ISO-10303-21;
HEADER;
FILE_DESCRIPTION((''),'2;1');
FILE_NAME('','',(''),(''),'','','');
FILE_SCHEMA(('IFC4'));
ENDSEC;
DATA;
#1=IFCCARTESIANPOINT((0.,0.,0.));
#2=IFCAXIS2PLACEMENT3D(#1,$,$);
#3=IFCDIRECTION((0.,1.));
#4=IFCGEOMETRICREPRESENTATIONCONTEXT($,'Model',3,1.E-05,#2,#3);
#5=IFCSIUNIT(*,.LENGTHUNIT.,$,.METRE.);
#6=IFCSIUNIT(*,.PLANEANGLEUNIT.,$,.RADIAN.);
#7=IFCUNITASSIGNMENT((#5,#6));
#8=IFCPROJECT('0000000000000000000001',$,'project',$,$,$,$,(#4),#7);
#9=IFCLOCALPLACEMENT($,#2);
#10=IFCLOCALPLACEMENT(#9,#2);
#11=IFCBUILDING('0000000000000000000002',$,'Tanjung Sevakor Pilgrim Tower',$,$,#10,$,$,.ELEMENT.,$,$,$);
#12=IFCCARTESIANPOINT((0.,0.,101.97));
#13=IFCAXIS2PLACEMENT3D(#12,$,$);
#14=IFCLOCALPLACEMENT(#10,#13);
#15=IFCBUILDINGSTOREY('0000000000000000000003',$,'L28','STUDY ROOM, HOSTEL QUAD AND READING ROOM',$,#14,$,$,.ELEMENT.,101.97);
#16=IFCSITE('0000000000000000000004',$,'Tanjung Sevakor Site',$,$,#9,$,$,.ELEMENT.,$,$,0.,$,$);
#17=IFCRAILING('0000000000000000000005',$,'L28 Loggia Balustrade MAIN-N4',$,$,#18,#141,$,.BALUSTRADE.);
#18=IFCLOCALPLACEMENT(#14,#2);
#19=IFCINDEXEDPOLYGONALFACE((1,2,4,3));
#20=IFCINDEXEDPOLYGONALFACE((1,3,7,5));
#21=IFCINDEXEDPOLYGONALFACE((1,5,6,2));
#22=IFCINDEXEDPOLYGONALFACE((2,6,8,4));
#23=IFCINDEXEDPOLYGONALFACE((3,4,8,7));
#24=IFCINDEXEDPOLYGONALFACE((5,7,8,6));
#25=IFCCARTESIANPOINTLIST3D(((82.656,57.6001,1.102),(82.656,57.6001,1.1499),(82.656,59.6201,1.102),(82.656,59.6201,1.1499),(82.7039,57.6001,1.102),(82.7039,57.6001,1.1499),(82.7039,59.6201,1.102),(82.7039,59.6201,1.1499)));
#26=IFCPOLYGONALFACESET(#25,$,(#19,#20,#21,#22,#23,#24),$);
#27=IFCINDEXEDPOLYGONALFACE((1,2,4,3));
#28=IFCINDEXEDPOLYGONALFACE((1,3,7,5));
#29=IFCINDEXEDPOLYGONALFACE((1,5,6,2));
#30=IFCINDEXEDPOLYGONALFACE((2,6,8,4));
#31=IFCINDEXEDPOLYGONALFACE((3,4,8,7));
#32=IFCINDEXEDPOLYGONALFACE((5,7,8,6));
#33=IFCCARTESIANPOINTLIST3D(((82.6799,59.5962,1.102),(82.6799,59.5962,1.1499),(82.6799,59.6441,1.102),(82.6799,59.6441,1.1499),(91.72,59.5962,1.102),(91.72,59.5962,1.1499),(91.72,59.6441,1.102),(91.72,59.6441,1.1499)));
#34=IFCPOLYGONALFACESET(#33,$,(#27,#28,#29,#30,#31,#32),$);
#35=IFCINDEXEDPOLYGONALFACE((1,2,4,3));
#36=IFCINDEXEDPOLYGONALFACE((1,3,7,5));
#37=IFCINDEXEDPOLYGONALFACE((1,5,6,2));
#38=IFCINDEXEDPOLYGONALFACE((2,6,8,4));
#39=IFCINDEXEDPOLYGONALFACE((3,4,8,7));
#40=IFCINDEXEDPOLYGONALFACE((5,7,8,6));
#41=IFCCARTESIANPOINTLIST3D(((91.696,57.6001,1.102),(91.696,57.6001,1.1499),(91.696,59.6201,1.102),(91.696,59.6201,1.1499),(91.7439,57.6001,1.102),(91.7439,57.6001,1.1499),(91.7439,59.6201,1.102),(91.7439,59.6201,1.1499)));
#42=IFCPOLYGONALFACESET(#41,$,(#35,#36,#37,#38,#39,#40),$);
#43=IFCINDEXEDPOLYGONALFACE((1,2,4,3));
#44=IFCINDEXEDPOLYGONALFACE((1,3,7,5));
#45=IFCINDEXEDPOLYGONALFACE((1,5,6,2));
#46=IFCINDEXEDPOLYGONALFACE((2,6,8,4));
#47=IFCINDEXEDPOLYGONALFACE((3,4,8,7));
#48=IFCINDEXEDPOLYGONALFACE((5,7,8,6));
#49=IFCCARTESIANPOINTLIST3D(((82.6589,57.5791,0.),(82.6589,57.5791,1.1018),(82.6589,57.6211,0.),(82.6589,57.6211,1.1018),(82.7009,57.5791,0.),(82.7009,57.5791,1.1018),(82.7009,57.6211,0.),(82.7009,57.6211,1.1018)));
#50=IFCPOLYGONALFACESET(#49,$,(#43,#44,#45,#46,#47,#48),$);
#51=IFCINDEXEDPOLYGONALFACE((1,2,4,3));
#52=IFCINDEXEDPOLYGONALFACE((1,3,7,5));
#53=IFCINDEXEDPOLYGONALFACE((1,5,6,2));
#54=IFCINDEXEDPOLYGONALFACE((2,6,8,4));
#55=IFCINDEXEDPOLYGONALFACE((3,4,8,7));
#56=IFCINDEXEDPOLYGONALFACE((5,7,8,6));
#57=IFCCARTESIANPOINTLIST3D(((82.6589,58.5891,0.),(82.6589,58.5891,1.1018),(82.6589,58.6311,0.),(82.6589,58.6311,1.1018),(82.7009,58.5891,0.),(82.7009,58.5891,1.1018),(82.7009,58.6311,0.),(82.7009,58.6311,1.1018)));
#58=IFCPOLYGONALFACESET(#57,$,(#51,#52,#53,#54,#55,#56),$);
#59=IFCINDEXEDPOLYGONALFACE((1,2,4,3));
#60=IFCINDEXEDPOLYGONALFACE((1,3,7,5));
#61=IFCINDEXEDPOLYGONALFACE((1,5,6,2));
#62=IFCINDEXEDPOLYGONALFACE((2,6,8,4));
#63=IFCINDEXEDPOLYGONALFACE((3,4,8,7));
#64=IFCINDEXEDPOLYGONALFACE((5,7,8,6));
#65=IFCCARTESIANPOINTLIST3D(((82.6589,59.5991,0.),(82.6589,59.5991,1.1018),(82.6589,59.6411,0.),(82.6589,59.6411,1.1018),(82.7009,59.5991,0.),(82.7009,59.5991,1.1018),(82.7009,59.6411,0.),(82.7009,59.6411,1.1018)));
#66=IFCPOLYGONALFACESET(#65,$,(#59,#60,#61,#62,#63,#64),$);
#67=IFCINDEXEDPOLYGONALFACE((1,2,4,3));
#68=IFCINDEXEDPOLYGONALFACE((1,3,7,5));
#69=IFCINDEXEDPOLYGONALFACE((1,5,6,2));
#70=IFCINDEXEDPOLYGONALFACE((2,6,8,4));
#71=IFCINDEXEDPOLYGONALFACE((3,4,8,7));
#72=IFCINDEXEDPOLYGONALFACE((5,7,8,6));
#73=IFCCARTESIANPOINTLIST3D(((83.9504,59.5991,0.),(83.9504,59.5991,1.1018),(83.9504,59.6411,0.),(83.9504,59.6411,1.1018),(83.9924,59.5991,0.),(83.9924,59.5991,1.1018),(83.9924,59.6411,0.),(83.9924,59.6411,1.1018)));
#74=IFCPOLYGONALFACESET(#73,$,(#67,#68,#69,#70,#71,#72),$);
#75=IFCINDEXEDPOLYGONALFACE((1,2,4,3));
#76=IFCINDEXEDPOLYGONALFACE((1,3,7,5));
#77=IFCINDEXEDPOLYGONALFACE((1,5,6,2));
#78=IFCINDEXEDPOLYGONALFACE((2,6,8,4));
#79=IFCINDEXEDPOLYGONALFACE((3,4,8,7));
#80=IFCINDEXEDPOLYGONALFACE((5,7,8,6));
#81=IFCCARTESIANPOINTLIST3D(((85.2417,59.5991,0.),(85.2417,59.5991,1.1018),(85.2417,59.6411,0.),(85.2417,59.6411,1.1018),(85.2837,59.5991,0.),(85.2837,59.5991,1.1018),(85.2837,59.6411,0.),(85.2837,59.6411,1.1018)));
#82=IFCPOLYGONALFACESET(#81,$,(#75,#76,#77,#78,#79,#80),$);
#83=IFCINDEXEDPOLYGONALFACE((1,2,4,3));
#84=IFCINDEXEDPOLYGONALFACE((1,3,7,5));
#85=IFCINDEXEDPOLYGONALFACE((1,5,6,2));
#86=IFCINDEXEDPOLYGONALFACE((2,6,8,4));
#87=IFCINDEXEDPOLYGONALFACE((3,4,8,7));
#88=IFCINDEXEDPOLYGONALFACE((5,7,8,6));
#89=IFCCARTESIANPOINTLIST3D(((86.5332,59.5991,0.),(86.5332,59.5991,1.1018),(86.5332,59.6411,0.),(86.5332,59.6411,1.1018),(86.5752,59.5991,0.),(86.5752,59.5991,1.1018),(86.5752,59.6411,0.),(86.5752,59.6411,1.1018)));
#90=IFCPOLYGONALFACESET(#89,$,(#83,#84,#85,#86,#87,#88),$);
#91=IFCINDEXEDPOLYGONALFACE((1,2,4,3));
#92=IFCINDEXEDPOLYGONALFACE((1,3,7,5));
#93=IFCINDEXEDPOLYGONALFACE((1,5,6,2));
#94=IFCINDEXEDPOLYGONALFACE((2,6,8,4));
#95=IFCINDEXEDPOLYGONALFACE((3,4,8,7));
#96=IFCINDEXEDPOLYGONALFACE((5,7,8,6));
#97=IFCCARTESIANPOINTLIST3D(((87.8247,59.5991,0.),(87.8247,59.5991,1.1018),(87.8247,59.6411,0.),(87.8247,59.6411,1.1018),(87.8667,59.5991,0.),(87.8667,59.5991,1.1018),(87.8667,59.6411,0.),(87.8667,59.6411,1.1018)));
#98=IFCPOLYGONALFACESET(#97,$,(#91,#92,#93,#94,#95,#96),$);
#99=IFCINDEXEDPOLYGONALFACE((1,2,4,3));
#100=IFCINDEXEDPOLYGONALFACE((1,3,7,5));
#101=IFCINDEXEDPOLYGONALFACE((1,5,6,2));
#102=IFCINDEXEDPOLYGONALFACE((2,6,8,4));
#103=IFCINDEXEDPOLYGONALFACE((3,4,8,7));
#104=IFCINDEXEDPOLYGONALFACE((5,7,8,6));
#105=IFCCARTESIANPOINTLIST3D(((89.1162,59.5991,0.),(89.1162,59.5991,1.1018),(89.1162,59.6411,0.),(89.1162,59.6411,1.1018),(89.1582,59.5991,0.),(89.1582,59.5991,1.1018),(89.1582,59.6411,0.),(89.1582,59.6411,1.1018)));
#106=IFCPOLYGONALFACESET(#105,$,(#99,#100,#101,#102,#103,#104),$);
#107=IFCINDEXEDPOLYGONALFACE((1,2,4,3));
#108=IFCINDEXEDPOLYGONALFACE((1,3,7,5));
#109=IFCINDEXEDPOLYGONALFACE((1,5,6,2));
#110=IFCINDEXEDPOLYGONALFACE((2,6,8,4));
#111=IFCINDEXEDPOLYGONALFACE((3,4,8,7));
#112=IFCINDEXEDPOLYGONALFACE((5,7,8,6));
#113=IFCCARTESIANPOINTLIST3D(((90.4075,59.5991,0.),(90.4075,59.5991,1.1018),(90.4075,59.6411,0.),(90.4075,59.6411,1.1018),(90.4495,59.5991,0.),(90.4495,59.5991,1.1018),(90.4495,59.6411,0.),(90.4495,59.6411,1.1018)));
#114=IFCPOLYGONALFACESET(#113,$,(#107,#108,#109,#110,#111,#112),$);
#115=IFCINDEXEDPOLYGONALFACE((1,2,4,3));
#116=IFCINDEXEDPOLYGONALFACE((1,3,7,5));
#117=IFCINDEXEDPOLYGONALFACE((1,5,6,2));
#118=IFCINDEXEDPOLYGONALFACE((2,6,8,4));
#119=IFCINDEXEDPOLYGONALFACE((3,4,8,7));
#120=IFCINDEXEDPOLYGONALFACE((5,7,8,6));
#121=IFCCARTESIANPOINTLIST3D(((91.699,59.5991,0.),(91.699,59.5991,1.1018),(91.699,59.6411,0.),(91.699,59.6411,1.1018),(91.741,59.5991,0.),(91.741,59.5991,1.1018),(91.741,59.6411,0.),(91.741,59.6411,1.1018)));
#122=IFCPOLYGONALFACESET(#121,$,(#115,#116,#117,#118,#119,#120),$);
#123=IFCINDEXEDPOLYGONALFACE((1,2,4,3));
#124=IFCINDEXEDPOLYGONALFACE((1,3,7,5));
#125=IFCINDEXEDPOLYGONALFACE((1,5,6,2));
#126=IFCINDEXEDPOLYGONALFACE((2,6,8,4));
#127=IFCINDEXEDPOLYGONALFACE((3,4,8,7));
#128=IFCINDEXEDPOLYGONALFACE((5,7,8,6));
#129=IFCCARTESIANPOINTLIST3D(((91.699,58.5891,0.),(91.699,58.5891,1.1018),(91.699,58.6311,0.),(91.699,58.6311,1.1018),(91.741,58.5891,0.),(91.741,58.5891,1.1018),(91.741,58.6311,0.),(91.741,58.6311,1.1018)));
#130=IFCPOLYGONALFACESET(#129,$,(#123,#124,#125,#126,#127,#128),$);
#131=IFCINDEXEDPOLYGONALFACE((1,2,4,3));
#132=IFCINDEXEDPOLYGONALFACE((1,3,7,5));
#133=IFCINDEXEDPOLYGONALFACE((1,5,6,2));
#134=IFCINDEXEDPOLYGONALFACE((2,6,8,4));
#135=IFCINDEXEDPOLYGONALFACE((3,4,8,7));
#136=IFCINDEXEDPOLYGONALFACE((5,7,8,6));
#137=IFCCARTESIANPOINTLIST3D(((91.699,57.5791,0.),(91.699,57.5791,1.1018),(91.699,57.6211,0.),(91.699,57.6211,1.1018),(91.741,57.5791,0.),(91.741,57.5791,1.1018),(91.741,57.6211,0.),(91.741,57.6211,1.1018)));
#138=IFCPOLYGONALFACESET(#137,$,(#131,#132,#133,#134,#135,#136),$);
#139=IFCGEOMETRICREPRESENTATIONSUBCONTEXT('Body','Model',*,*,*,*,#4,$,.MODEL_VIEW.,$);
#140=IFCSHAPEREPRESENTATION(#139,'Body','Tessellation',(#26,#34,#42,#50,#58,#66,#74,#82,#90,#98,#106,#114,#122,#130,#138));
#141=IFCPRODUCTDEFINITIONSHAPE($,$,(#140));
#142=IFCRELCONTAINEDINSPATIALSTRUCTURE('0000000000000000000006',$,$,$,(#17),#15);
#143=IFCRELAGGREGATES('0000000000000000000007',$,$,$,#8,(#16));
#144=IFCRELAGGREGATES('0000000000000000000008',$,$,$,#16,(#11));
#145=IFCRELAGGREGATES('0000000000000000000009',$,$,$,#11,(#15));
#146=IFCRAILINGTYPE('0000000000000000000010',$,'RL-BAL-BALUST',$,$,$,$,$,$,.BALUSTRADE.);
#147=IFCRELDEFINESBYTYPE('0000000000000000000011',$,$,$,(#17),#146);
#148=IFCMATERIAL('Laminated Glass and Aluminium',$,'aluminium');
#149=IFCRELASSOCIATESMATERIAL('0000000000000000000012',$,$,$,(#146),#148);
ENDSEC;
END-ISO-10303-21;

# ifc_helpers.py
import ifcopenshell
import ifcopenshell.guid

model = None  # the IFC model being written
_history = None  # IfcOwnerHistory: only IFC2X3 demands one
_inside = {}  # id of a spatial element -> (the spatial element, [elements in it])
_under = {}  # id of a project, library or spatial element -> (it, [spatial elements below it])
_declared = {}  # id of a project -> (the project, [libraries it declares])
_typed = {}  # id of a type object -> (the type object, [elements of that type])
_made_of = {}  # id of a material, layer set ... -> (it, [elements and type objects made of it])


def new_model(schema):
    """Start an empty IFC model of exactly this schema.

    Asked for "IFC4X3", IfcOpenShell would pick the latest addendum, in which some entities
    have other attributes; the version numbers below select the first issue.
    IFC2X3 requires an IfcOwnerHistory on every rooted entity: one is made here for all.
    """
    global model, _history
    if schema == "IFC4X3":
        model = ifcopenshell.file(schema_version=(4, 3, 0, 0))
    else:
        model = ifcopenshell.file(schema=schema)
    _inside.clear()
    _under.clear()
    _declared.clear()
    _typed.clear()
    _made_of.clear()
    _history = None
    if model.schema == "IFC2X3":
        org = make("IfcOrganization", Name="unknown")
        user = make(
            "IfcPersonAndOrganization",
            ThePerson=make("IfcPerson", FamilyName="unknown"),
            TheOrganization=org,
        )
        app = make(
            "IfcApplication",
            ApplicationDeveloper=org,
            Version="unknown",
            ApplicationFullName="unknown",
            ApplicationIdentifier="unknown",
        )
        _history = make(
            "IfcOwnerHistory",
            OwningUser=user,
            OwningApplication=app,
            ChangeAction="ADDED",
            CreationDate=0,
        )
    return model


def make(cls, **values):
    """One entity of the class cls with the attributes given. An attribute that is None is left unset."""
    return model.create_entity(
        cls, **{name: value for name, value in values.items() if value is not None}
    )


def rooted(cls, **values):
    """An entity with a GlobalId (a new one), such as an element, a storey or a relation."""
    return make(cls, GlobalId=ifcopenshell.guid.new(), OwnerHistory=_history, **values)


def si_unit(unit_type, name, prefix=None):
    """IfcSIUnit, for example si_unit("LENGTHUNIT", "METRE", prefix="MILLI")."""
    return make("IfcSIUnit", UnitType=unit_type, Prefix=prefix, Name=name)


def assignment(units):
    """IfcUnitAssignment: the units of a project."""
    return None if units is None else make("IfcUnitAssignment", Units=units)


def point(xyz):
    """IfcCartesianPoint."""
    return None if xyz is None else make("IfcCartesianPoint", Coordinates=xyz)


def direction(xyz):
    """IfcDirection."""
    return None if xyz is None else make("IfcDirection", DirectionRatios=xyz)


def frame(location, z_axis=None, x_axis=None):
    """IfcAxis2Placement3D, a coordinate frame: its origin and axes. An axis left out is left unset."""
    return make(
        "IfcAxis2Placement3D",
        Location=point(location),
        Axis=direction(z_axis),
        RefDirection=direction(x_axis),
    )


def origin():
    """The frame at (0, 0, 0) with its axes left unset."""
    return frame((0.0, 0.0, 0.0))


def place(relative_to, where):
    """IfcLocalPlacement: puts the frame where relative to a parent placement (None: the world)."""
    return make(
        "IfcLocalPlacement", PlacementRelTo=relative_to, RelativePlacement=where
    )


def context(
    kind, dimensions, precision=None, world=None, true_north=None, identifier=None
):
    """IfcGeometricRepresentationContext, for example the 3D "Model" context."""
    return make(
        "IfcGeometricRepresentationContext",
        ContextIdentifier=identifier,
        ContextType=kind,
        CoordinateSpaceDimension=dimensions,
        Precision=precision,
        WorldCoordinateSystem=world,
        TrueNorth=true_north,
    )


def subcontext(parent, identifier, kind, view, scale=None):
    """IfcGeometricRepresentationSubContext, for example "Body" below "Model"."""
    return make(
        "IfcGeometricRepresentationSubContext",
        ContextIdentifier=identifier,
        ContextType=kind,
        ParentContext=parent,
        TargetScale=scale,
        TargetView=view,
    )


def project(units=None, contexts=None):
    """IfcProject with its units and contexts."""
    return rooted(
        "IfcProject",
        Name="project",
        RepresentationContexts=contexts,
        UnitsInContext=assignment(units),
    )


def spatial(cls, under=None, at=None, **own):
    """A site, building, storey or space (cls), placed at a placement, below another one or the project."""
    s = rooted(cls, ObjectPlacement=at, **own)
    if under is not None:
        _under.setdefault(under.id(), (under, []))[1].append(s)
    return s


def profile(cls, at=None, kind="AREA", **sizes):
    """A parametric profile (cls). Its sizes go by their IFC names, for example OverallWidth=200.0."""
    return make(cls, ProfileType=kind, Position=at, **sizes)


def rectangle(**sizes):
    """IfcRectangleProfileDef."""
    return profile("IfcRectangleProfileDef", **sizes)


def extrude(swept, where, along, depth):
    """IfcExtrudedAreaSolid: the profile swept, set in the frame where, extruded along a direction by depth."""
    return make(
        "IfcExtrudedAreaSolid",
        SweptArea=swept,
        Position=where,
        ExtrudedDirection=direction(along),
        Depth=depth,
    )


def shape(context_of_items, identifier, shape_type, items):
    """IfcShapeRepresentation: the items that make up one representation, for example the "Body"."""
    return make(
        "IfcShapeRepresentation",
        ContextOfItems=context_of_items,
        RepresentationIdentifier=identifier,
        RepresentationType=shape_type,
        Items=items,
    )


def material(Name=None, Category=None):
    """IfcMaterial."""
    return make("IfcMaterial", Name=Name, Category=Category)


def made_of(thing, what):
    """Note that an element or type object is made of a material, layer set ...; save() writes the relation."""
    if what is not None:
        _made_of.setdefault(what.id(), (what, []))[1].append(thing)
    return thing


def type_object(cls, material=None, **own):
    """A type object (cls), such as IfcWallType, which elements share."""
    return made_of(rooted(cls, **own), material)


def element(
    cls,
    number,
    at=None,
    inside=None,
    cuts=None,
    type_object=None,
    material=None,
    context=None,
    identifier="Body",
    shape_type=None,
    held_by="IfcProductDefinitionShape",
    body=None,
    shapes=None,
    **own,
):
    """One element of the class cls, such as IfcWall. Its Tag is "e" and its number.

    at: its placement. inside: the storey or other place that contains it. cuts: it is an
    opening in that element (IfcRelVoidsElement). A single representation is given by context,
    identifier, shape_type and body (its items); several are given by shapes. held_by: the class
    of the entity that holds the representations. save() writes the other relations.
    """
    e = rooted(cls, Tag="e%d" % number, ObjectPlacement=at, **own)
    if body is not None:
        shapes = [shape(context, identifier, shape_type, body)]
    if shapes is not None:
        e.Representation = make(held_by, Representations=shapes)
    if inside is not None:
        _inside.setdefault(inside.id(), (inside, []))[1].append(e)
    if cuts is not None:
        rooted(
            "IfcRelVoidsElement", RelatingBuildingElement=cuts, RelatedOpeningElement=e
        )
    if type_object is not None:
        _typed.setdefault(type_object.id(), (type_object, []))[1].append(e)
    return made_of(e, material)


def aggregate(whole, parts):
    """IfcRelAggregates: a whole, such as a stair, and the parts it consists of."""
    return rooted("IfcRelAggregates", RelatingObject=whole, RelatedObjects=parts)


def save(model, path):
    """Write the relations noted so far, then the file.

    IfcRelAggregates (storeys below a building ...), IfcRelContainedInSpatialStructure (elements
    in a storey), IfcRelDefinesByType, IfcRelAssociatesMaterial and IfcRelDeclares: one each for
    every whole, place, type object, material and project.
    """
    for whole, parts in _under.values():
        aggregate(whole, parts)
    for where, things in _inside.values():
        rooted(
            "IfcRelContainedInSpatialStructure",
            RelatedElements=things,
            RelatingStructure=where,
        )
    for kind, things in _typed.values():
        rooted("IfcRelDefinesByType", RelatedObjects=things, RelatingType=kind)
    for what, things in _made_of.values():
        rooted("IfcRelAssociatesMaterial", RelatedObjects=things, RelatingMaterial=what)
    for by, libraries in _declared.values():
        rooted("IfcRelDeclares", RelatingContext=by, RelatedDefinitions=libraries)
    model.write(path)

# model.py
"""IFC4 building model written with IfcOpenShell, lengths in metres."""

from ifc_helpers import new_model, si_unit, direction, frame, origin, place, context, subcontext, project, spatial, rectangle, extrude, material, type_object, element, save


model = new_model("IFC4")

# Units and contexts
model_context = context("Model", 3, precision=1e-05, world=origin(), true_north=direction((0.0, 1.0)))
body_context = subcontext(model_context, "Body", "Model", "MODEL_VIEW")
ifc_project = project(units=[si_unit("LENGTHUNIT", "METRE"), si_unit("PLANEANGLEUNIT", "RADIAN")], contexts=[model_context])

# Site, building, storey
site_placement = place(None, origin())
site = spatial("IfcSite", under=ifc_project, at=site_placement, Name="Tanjung Sevakor Site", CompositionType="ELEMENT", RefElevation=0.0)
building_placement = place(site_placement, origin())
building = spatial("IfcBuilding", under=site, at=building_placement, Name="Tanjung Sevakor Pilgrim Tower", CompositionType="ELEMENT")
storey_placement = place(building_placement, frame((0.0, 0.0, 101.97)))
storey = spatial("IfcBuildingStorey", under=building, at=storey_placement, Name="L28", Description="STUDY ROOM, HOSTEL QUAD AND READING ROOM", CompositionType="ELEMENT", Elevation=101.97)

# Railing
ifc_material_1 = material(Name="Laminated Glass and Aluminium", Category="aluminium")
railing_type = type_object("IfcRailingType", Name="RL-BAL-BALUST", PredefinedType="BALUSTRADE", material=ifc_material_1)
railing_placement = place(storey_placement, frame((82.6799, 57.6001, 0.0)))
element("IfcRailing", 1, at=railing_placement, inside=storey, type_object=railing_type, Name="L28 Loggia Balustrade MAIN-N4", PredefinedType="BALUSTRADE", context=body_context, shape_type="SweptSolid", body=[
    extrude(rectangle(XDim=0.0479, YDim=0.0479), frame((0.0, 0.0, 1.126), z_axis=(0.0, 1.0, 0.0), x_axis=(-1.0, 0.0, 0.0)), (0.0, 0.0, 1.0), 2.02),
    extrude(rectangle(XDim=0.0479, YDim=0.0479), frame((0.0, 2.02, 1.126), z_axis=(1.0, 0.0, 0.0), x_axis=(0.0, 1.0, 0.0)), (0.0, 0.0, 1.0), 9.04),
    extrude(rectangle(XDim=0.0479, YDim=0.0479), frame((9.04, 2.02, 1.126), z_axis=(0.0, -1.0, 0.0), x_axis=(1.0, 0.0, 0.0)), (0.0, 0.0, 1.0), 2.02),
    extrude(rectangle(XDim=0.042, YDim=0.042), origin(), (0.0, 0.0, 1.0), 1.1018),
    extrude(rectangle(XDim=0.042, YDim=0.042), frame((0.0, 1.01, 0.0)), (0.0, 0.0, 1.0), 1.1018),
    extrude(rectangle(XDim=0.042, YDim=0.042), frame((0.0, 2.02, 0.0)), (0.0, 0.0, 1.0), 1.1018),
    extrude(rectangle(XDim=0.042, YDim=0.042), frame((1.2915, 2.02, 0.0)), (0.0, 0.0, 1.0), 1.1018),
    extrude(rectangle(XDim=0.042, YDim=0.042), frame((2.5828, 2.02, 0.0)), (0.0, 0.0, 1.0), 1.1018),
    extrude(rectangle(XDim=0.042, YDim=0.042), frame((3.8743, 2.02, 0.0)), (0.0, 0.0, 1.0), 1.1018),
    extrude(rectangle(XDim=0.042, YDim=0.042), frame((5.1658, 2.02, 0.0)), (0.0, 0.0, 1.0), 1.1018),
    extrude(rectangle(XDim=0.042, YDim=0.042), frame((6.4573, 2.02, 0.0)), (0.0, 0.0, 1.0), 1.1018),
    extrude(rectangle(XDim=0.042, YDim=0.042), frame((7.7485, 2.02, 0.0)), (0.0, 0.0, 1.0), 1.1018),
    extrude(rectangle(XDim=0.042, YDim=0.042), frame((9.04, 2.02, 0.0)), (0.0, 0.0, 1.0), 1.1018),
    extrude(rectangle(XDim=0.042, YDim=0.042), frame((9.04, 1.01, 0.0)), (0.0, 0.0, 1.0), 1.1018),
    extrude(rectangle(XDim=0.042, YDim=0.042), frame((9.04, 0.0, 0.0)), (0.0, 0.0, 1.0), 1.1018),
])

save(model, "model.ifc")
